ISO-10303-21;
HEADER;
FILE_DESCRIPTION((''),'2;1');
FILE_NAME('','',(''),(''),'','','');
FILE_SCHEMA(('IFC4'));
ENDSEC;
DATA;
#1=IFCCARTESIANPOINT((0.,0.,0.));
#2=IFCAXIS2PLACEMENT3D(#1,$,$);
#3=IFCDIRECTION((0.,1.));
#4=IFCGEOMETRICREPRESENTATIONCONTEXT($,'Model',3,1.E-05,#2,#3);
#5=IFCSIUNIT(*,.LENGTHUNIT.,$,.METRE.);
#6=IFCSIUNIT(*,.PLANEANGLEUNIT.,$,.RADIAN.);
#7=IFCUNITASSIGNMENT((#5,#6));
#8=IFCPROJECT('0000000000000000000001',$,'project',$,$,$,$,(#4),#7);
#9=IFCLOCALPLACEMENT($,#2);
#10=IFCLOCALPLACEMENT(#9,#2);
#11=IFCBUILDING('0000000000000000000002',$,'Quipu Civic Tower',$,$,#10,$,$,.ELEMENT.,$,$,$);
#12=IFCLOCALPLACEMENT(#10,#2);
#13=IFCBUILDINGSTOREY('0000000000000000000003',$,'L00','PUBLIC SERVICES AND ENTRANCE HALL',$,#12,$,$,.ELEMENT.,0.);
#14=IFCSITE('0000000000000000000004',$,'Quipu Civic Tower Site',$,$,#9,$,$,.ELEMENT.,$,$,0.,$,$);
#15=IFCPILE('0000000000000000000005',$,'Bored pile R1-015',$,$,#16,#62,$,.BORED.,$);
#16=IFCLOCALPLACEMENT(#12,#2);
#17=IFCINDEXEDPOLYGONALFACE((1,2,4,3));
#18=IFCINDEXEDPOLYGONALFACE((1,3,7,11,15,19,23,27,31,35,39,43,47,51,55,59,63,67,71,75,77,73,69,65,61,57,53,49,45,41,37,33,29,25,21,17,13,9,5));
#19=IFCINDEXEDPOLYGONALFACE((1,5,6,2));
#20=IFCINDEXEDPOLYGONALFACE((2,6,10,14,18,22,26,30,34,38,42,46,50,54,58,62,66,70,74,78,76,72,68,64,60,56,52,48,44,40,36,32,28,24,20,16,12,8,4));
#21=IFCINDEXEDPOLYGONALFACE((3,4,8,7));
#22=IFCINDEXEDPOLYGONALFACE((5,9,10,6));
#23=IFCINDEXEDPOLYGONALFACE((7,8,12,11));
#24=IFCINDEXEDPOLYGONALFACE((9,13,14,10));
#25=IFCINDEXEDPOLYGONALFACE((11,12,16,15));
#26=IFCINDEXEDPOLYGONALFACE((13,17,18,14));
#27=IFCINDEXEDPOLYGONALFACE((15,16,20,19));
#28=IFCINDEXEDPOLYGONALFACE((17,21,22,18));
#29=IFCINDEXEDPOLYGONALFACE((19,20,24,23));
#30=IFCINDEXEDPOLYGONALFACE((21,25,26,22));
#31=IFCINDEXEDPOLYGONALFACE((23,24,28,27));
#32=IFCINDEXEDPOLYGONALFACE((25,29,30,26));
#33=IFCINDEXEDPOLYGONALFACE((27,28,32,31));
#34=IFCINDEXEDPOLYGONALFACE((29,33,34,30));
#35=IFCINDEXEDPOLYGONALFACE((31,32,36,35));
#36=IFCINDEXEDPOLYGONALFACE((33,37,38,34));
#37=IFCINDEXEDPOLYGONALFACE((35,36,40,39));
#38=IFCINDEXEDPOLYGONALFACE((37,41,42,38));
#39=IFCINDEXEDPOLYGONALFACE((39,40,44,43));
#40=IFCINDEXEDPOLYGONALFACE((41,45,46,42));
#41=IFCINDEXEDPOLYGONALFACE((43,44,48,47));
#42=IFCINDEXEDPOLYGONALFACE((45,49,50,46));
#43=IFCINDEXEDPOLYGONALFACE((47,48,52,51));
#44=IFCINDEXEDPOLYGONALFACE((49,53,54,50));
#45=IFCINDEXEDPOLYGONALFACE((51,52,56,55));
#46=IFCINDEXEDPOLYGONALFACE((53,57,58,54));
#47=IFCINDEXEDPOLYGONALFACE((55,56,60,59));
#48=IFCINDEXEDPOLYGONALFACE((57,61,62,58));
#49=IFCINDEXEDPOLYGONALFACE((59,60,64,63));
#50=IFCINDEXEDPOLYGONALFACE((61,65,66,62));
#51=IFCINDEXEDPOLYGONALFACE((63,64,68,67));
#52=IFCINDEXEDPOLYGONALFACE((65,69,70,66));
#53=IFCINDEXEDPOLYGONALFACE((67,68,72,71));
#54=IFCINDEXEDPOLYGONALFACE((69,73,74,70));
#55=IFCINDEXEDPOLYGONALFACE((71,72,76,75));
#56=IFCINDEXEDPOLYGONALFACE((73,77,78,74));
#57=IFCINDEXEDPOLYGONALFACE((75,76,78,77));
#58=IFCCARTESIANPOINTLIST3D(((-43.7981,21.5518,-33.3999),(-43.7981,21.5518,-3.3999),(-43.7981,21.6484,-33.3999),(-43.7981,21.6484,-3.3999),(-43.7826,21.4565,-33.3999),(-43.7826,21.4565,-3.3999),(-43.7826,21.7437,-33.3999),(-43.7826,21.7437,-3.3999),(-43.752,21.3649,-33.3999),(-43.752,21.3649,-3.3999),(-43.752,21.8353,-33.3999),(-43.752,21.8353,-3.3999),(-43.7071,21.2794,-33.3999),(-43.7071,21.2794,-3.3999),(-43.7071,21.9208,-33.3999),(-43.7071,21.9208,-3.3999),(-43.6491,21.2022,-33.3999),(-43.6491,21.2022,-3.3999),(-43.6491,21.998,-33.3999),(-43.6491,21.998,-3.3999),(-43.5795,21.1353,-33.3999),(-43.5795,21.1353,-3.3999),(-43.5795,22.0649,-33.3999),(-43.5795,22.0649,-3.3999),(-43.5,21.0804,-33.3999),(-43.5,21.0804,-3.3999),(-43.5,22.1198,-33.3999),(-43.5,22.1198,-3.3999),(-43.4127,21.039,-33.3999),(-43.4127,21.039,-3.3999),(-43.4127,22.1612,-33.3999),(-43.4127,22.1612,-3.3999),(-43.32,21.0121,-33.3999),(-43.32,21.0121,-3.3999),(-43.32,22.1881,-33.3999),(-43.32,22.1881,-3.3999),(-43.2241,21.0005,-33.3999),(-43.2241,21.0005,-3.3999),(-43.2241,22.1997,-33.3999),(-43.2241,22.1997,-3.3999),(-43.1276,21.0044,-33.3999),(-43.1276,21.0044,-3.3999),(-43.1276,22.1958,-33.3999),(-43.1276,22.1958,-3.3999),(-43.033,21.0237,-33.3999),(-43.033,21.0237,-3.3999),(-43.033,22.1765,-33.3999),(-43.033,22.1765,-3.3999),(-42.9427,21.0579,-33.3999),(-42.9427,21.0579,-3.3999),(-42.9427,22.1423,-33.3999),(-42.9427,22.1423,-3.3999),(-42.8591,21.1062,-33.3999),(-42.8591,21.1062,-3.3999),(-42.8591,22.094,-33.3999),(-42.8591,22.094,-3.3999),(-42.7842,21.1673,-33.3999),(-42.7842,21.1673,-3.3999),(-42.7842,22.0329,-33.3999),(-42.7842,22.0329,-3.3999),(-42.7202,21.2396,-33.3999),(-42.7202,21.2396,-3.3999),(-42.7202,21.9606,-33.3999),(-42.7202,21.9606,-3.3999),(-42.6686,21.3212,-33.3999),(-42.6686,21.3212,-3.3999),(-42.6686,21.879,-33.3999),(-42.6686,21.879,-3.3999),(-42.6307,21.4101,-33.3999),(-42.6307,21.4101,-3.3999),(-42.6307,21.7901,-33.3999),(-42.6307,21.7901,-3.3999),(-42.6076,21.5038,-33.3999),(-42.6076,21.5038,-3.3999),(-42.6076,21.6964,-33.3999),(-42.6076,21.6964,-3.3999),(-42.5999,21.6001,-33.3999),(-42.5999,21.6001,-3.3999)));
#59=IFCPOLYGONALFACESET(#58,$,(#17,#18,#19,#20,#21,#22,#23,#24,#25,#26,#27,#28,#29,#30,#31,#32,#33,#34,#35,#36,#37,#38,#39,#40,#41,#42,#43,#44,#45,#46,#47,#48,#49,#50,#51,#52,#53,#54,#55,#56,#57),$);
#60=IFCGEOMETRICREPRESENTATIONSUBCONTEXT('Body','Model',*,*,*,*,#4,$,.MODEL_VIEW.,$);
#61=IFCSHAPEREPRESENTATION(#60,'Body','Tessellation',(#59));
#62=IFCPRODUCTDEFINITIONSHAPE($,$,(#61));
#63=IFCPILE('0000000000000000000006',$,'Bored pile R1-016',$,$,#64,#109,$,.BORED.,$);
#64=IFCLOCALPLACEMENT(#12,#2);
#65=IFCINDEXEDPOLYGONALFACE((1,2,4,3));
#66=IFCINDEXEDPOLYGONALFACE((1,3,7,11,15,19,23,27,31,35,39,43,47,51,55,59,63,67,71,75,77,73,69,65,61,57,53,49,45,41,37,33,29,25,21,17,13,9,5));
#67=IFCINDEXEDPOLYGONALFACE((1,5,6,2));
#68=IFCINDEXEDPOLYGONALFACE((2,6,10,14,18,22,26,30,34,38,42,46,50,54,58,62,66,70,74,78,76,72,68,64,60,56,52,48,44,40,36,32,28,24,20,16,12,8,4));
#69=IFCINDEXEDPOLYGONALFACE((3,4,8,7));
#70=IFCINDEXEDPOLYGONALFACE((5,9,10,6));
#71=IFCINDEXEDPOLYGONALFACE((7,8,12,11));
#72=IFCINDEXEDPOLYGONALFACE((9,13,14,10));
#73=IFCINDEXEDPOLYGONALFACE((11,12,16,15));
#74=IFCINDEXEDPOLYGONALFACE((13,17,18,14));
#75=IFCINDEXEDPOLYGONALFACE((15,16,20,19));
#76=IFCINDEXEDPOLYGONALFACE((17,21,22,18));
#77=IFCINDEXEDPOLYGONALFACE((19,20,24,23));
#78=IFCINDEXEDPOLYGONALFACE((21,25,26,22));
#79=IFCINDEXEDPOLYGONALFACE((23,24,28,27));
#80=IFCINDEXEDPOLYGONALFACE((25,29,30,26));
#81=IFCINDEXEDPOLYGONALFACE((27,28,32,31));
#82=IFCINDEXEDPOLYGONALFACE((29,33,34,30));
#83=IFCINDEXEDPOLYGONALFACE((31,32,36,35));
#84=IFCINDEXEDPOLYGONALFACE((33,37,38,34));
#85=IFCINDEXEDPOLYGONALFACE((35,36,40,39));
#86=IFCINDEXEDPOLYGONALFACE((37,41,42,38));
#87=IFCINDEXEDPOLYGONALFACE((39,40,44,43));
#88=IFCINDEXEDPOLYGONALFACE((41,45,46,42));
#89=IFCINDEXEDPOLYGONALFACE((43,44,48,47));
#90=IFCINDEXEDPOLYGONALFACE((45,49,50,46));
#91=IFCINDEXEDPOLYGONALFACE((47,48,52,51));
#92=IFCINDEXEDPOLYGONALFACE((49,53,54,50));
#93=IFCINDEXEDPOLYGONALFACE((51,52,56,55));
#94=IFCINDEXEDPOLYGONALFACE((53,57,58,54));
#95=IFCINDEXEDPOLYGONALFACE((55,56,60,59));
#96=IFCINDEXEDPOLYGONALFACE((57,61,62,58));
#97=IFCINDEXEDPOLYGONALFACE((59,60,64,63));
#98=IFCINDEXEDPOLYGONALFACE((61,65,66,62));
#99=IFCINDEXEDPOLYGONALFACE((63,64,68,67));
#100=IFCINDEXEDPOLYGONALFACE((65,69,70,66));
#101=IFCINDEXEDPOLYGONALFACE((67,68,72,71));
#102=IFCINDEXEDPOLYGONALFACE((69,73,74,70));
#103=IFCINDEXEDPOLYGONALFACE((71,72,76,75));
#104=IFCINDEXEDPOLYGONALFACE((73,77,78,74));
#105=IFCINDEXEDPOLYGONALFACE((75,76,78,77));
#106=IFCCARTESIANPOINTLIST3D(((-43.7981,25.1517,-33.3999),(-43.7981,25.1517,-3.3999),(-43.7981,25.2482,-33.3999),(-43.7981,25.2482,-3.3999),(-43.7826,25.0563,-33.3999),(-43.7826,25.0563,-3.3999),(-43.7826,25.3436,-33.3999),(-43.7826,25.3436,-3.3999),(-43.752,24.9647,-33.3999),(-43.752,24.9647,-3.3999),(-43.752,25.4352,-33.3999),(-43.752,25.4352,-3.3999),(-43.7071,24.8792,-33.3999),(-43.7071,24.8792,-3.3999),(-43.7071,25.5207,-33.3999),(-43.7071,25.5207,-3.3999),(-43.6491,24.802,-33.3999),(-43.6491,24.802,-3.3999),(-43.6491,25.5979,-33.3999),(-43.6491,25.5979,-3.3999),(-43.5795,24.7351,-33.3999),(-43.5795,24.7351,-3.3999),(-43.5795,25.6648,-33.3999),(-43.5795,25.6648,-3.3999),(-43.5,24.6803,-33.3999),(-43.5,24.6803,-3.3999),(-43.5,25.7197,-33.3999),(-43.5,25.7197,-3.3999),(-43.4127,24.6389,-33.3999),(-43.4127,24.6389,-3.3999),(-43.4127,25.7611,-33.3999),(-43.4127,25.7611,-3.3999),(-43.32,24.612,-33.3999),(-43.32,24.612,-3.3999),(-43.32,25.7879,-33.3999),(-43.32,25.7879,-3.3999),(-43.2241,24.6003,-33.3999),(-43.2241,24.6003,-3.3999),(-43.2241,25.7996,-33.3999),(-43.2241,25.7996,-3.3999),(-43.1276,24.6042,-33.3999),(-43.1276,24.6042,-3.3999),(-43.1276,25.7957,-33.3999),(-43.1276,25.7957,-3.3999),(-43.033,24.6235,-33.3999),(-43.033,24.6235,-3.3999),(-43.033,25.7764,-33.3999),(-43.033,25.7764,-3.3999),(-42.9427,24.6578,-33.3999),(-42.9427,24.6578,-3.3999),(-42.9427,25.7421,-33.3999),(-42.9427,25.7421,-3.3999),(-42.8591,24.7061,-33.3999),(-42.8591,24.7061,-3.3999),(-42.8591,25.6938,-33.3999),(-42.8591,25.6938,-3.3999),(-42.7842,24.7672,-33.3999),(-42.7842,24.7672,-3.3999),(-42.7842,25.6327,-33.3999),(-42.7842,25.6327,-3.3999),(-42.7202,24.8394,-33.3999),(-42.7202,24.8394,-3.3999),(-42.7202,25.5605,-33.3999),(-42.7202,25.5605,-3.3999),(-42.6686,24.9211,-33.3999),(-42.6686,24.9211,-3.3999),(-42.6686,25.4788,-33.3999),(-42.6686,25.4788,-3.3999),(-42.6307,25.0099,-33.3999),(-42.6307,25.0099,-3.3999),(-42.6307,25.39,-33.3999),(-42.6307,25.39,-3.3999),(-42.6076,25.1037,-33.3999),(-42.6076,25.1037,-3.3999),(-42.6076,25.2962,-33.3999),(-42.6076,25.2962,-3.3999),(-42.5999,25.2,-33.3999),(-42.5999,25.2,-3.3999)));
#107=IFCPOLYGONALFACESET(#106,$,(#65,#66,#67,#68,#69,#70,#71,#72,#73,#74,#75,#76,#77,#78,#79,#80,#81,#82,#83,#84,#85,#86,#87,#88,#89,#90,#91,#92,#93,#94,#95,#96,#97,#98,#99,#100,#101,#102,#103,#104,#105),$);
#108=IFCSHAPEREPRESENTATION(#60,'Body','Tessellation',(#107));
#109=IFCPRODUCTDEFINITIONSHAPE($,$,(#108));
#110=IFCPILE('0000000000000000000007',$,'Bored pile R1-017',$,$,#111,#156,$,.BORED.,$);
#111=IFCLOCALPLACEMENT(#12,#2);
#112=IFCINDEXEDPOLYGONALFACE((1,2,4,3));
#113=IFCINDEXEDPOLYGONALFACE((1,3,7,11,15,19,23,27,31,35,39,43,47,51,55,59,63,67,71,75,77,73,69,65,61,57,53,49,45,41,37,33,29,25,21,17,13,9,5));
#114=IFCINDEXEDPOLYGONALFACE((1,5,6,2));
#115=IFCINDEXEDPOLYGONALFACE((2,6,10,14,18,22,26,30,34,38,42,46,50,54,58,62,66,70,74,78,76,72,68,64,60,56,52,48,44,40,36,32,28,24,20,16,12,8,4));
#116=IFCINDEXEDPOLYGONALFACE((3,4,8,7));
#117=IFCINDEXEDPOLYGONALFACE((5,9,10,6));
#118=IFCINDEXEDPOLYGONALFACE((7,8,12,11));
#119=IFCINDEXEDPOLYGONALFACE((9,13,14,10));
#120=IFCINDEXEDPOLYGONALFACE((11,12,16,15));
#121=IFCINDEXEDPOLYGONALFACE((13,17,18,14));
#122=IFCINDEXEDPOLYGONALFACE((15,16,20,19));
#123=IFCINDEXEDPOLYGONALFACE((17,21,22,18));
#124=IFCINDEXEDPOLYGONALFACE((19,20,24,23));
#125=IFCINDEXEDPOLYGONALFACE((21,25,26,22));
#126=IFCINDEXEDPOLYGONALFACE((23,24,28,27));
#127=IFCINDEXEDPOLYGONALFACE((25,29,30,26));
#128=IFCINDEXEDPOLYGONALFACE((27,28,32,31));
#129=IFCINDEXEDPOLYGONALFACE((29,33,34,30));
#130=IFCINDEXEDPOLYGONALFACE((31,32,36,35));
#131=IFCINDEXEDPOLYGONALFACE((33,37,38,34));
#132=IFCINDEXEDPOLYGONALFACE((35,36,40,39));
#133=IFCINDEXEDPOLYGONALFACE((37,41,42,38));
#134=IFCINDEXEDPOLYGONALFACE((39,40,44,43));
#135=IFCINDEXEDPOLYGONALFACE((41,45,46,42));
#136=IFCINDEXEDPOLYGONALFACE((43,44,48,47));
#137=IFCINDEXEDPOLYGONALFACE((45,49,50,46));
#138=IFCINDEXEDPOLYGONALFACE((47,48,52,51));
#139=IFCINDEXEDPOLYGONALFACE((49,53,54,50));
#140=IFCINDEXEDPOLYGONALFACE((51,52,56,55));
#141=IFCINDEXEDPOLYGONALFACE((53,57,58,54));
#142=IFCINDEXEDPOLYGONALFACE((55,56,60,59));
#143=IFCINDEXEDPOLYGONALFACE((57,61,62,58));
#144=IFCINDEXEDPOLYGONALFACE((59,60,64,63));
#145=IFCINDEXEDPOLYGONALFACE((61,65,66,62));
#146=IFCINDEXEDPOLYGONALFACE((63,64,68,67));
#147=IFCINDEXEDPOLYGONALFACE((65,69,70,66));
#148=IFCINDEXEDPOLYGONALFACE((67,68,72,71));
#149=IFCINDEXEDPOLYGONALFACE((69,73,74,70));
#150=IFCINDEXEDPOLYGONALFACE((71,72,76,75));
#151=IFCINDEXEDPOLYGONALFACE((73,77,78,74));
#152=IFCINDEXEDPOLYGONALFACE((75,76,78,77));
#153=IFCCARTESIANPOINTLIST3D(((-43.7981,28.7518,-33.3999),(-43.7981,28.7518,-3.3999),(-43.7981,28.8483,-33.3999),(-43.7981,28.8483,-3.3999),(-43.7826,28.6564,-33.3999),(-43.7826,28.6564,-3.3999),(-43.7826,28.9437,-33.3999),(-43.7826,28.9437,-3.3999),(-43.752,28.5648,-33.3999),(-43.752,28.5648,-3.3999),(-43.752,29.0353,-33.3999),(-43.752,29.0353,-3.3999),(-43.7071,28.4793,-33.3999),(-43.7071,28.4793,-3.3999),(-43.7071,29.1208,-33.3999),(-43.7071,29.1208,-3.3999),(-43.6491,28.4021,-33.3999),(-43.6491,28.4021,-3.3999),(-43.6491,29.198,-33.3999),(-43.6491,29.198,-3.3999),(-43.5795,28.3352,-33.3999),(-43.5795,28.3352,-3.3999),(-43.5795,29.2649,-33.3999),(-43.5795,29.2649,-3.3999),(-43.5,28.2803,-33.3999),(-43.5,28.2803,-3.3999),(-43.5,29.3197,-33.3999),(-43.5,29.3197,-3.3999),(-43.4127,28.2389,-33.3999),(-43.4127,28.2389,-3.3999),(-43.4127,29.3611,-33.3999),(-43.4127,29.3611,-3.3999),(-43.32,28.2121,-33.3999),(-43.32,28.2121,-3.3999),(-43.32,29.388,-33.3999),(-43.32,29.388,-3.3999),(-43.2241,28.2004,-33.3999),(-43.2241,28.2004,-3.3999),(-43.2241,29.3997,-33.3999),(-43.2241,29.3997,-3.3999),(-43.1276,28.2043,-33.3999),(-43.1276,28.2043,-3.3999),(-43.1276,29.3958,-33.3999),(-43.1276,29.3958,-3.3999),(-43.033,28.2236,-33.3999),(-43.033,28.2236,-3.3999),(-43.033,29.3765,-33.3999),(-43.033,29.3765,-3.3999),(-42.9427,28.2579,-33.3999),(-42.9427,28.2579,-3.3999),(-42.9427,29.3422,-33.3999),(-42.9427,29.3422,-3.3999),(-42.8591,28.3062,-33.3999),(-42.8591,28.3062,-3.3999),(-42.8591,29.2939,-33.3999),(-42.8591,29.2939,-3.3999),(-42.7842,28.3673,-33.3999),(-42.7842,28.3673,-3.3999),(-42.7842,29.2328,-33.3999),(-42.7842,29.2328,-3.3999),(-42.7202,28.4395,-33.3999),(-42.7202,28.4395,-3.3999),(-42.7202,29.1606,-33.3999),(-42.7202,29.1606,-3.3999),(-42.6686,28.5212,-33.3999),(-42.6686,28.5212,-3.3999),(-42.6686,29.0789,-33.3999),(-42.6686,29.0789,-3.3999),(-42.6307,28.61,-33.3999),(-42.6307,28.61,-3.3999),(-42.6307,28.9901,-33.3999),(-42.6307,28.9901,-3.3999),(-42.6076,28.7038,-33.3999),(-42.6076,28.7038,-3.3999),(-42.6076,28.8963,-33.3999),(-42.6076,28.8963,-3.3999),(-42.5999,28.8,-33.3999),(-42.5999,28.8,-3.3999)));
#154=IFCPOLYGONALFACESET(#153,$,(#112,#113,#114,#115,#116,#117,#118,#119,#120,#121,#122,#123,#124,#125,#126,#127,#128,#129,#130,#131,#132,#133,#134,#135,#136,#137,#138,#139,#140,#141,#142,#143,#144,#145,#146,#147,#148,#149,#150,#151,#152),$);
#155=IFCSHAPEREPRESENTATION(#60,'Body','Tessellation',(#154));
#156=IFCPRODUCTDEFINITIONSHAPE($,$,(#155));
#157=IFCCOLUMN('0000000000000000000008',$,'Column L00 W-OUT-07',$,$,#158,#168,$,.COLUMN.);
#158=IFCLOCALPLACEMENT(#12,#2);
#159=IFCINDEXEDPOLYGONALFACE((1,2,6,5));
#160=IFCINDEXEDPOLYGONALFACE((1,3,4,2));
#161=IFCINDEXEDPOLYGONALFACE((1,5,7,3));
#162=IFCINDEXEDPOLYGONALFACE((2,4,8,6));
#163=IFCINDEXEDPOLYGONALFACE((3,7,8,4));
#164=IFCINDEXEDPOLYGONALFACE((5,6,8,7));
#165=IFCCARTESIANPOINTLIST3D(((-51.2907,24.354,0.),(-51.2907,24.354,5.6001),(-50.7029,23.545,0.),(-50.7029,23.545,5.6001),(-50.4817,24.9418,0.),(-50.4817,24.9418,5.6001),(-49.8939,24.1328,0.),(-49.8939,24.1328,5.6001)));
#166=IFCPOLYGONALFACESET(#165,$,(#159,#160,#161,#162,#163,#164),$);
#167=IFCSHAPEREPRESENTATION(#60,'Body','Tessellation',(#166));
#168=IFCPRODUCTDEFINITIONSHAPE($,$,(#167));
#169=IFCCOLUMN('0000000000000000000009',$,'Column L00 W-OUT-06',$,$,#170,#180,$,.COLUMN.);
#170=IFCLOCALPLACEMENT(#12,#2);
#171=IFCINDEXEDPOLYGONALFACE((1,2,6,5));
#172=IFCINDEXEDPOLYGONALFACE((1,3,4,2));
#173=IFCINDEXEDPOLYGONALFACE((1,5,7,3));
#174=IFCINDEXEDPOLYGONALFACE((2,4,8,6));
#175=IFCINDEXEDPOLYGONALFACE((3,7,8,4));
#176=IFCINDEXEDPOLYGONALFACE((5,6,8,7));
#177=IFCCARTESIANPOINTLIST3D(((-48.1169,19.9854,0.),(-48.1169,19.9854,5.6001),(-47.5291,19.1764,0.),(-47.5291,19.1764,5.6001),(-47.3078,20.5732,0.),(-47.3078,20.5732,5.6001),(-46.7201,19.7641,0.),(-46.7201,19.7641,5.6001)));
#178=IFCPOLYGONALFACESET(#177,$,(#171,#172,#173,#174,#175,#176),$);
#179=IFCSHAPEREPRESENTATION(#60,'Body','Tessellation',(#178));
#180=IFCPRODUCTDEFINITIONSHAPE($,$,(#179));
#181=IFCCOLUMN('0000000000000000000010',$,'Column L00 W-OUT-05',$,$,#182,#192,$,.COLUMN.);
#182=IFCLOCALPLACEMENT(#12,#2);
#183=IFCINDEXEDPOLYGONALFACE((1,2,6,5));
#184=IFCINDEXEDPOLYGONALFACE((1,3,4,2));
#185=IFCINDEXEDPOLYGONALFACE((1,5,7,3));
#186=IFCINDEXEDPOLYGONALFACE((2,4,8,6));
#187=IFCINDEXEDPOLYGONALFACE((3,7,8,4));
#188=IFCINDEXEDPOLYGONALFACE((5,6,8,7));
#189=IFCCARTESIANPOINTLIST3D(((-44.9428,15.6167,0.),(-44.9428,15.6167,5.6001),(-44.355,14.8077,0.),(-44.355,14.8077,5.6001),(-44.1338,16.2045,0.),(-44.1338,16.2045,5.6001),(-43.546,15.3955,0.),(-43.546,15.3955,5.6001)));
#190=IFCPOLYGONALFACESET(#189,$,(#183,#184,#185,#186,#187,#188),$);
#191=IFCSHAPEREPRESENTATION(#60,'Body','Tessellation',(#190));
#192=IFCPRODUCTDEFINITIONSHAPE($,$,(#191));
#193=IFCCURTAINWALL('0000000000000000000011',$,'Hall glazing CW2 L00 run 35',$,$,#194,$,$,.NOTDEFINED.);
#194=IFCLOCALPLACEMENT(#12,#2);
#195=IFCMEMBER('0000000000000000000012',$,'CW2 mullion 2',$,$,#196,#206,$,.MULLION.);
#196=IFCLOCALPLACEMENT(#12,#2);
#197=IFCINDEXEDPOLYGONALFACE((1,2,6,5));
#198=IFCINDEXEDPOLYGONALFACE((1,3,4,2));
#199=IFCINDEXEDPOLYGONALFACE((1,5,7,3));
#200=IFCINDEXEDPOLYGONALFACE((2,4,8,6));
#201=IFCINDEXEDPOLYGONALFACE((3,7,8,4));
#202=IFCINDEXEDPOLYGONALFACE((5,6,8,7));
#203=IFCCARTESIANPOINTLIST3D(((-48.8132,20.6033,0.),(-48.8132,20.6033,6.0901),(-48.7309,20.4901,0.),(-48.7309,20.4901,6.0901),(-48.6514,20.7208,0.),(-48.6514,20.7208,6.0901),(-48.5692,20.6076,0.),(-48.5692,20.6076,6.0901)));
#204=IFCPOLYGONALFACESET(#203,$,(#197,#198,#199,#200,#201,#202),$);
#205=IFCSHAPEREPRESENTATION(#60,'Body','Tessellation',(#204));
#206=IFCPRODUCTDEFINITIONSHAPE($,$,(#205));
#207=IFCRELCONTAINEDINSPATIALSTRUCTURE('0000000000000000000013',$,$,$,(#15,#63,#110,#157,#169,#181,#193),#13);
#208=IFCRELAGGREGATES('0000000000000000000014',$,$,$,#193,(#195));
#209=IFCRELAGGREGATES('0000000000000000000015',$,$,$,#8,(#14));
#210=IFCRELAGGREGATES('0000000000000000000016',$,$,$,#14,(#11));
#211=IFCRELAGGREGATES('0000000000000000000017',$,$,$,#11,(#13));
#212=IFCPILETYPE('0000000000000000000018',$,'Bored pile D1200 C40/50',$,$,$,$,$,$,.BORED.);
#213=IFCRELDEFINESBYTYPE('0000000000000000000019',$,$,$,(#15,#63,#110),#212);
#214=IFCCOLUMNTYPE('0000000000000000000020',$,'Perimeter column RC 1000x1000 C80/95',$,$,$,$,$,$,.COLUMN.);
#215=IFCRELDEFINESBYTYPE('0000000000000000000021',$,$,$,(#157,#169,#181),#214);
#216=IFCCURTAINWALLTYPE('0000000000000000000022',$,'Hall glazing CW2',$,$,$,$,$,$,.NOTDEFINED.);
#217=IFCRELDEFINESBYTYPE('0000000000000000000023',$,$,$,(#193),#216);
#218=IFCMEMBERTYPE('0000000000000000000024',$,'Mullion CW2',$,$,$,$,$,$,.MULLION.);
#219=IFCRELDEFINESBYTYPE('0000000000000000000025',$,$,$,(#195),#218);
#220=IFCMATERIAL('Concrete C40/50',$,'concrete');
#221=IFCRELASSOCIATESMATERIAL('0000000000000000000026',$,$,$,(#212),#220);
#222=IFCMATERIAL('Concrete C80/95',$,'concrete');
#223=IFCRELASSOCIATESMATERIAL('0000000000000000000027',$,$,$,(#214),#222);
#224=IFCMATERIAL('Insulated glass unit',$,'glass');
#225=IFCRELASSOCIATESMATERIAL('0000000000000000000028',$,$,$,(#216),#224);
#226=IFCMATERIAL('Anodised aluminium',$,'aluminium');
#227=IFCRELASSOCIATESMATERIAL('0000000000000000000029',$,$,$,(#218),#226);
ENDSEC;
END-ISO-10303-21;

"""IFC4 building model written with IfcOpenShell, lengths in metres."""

from ifc_helpers import new_model, si_unit, direction, frame, origin, origin_2d, place, context, subcontext, project, spatial, rectangle, circle, extrude, material, material_profile, profile_set, type_object, element, aggregate, save


model = new_model("IFC4")

# Units and contexts
model_context = context("Model", 3, precision=1e-05, world=origin(), true_north=direction((0.0, 1.0)))
body_context = subcontext(model_context, "Body", "Model", "MODEL_VIEW")
ifc_project = project(units=[si_unit("LENGTHUNIT", "METRE"), si_unit("PLANEANGLEUNIT", "RADIAN")], contexts=[model_context])

# Site, building, storey
site_placement = place(None, origin())
site = spatial("IfcSite", under=ifc_project, at=site_placement, Name="Quipu Civic Tower Site", CompositionType="ELEMENT", RefElevation=0.0)
building_placement = place(site_placement, origin())
building = spatial("IfcBuilding", under=site, at=building_placement, Name="Quipu Civic Tower", CompositionType="ELEMENT")
storey_placement = place(building_placement, origin())
storey = spatial("IfcBuildingStorey", under=building, at=storey_placement, Name="L00", Description="PUBLIC SERVICES AND ENTRANCE HALL", CompositionType="ELEMENT", Elevation=0.0)

# Piles
ifc_material_1 = material(Name="Concrete C40/50", Category="concrete")
ifc_material_profile_1 = material_profile(ifc_material_1, circle(Radius=0.6001, at=origin_2d()), Name="RCD1200")
ifc_profile_set_1 = profile_set([ifc_material_profile_1], Name="Concrete C40/50")
pile_type = type_object("IfcPileType", Name="Bored pile D1200 C40/50", PredefinedType="BORED", material=ifc_profile_set_1)
for number, where, z_axis, x_axis, name in (
    (1, (-43.2, 21.6001, -3.3999), (0.0, 0.0, -1.0), (1.0, 0.0, 0.0), "Bored pile R1-015"),
    (2, (-43.2, 25.2, -3.3999), (0.0, 0.0, -1.0), (1.0, 0.0, 0.0), "Bored pile R1-016"),
    (3, (-43.2, 28.8, -3.3999), (0.0, 0.0, -1.0), (1.0, 0.0, 0.0), "Bored pile R1-017"),
):
    element("IfcPile", number, at=place(storey_placement, frame(where, z_axis=z_axis, x_axis=x_axis)), inside=storey, type_object=pile_type, Name=name, PredefinedType="BORED", context=body_context, shape_type="SweptSolid", body=[
        extrude(circle(Radius=0.6001, at=origin_2d()), origin(), (0.0, 0.0, 1.0), 30.0),
    ])

# Columns
ifc_material_2 = material(Name="Concrete C80/95", Category="concrete")
ifc_material_profile_2 = material_profile(ifc_material_2, rectangle(XDim=1.0, YDim=1.0, at=origin_2d()), Name="RC1000x1000")
ifc_profile_set_2 = profile_set([ifc_material_profile_2], Name="Concrete C80/95")
column_type = type_object("IfcColumnType", Name="Perimeter column RC 1000x1000 C80/95", PredefinedType="COLUMN", material=ifc_profile_set_2)
for number, where, z_axis, x_axis, name in (
    (4, (-50.5923, 24.2434, 0.0), (0.0, 0.0, 1.0), (0.587785, -0.809017, 0.0), "Column L00 W-OUT-07"),
    (5, (-47.4185, 19.8748, 0.0), (0.0, 0.0, 1.0), (0.587785, -0.809017, 0.0), "Column L00 W-OUT-06"),
    (6, (-44.2444, 15.5061, 0.0), (0.0, 0.0, 1.0), (0.587785, -0.809017, 0.0), "Column L00 W-OUT-05"),
):
    element("IfcColumn", number, at=place(storey_placement, frame(where, z_axis=z_axis, x_axis=x_axis)), inside=storey, type_object=column_type, Name=name, PredefinedType="COLUMN", context=body_context, shape_type="SweptSolid", body=[
        extrude(rectangle(XDim=1.0, YDim=1.0, at=origin_2d()), origin(), (0.0, 0.0, 1.0), 5.6001),
    ])

# Curtain wall, member
ifc_material_3 = material(Name="Insulated glass unit", Category="glass")
curtain_wall_type = type_object("IfcCurtainWallType", Name="Hall glazing CW2", PredefinedType="NOTDEFINED", material=ifc_material_3)
curtain_wall_placement = place(storey_placement, origin())
curtain_wall = element("IfcCurtainWall", 7, at=curtain_wall_placement, inside=storey, type_object=curtain_wall_type, Name="Hall glazing CW2 L00 run 35", PredefinedType="NOTDEFINED")
ifc_material_4 = material(Name="Anodised aluminium", Category="aluminium")
ifc_material_profile_3 = material_profile(ifc_material_4, rectangle(XDim=0.2, YDim=0.1399, at=origin_2d()), Name="RECT 200x140")
ifc_profile_set_3 = profile_set([ifc_material_profile_3], Name="Anodised aluminium")
member_type_1 = type_object("IfcMemberType", Name="Mullion CW2", PredefinedType="MULLION", material=ifc_profile_set_3)
member_1_placement = place(storey_placement, frame((-48.6912, 20.6055, 0.0), z_axis=(0.0, 0.0, 1.0), x_axis=(0.809018, 0.587784, 0.0)))
member_1 = element("IfcMember", 8, at=member_1_placement, type_object=member_type_1, Name="CW2 mullion 2", PredefinedType="MULLION", context=body_context, shape_type="SweptSolid", body=[
    extrude(rectangle(XDim=0.2, YDim=0.1399, at=origin_2d()), origin(), (0.0, 0.0, 1.0), 6.0901),
])

aggregate(curtain_wall, [member_1])

save(model, "model.ifc")
